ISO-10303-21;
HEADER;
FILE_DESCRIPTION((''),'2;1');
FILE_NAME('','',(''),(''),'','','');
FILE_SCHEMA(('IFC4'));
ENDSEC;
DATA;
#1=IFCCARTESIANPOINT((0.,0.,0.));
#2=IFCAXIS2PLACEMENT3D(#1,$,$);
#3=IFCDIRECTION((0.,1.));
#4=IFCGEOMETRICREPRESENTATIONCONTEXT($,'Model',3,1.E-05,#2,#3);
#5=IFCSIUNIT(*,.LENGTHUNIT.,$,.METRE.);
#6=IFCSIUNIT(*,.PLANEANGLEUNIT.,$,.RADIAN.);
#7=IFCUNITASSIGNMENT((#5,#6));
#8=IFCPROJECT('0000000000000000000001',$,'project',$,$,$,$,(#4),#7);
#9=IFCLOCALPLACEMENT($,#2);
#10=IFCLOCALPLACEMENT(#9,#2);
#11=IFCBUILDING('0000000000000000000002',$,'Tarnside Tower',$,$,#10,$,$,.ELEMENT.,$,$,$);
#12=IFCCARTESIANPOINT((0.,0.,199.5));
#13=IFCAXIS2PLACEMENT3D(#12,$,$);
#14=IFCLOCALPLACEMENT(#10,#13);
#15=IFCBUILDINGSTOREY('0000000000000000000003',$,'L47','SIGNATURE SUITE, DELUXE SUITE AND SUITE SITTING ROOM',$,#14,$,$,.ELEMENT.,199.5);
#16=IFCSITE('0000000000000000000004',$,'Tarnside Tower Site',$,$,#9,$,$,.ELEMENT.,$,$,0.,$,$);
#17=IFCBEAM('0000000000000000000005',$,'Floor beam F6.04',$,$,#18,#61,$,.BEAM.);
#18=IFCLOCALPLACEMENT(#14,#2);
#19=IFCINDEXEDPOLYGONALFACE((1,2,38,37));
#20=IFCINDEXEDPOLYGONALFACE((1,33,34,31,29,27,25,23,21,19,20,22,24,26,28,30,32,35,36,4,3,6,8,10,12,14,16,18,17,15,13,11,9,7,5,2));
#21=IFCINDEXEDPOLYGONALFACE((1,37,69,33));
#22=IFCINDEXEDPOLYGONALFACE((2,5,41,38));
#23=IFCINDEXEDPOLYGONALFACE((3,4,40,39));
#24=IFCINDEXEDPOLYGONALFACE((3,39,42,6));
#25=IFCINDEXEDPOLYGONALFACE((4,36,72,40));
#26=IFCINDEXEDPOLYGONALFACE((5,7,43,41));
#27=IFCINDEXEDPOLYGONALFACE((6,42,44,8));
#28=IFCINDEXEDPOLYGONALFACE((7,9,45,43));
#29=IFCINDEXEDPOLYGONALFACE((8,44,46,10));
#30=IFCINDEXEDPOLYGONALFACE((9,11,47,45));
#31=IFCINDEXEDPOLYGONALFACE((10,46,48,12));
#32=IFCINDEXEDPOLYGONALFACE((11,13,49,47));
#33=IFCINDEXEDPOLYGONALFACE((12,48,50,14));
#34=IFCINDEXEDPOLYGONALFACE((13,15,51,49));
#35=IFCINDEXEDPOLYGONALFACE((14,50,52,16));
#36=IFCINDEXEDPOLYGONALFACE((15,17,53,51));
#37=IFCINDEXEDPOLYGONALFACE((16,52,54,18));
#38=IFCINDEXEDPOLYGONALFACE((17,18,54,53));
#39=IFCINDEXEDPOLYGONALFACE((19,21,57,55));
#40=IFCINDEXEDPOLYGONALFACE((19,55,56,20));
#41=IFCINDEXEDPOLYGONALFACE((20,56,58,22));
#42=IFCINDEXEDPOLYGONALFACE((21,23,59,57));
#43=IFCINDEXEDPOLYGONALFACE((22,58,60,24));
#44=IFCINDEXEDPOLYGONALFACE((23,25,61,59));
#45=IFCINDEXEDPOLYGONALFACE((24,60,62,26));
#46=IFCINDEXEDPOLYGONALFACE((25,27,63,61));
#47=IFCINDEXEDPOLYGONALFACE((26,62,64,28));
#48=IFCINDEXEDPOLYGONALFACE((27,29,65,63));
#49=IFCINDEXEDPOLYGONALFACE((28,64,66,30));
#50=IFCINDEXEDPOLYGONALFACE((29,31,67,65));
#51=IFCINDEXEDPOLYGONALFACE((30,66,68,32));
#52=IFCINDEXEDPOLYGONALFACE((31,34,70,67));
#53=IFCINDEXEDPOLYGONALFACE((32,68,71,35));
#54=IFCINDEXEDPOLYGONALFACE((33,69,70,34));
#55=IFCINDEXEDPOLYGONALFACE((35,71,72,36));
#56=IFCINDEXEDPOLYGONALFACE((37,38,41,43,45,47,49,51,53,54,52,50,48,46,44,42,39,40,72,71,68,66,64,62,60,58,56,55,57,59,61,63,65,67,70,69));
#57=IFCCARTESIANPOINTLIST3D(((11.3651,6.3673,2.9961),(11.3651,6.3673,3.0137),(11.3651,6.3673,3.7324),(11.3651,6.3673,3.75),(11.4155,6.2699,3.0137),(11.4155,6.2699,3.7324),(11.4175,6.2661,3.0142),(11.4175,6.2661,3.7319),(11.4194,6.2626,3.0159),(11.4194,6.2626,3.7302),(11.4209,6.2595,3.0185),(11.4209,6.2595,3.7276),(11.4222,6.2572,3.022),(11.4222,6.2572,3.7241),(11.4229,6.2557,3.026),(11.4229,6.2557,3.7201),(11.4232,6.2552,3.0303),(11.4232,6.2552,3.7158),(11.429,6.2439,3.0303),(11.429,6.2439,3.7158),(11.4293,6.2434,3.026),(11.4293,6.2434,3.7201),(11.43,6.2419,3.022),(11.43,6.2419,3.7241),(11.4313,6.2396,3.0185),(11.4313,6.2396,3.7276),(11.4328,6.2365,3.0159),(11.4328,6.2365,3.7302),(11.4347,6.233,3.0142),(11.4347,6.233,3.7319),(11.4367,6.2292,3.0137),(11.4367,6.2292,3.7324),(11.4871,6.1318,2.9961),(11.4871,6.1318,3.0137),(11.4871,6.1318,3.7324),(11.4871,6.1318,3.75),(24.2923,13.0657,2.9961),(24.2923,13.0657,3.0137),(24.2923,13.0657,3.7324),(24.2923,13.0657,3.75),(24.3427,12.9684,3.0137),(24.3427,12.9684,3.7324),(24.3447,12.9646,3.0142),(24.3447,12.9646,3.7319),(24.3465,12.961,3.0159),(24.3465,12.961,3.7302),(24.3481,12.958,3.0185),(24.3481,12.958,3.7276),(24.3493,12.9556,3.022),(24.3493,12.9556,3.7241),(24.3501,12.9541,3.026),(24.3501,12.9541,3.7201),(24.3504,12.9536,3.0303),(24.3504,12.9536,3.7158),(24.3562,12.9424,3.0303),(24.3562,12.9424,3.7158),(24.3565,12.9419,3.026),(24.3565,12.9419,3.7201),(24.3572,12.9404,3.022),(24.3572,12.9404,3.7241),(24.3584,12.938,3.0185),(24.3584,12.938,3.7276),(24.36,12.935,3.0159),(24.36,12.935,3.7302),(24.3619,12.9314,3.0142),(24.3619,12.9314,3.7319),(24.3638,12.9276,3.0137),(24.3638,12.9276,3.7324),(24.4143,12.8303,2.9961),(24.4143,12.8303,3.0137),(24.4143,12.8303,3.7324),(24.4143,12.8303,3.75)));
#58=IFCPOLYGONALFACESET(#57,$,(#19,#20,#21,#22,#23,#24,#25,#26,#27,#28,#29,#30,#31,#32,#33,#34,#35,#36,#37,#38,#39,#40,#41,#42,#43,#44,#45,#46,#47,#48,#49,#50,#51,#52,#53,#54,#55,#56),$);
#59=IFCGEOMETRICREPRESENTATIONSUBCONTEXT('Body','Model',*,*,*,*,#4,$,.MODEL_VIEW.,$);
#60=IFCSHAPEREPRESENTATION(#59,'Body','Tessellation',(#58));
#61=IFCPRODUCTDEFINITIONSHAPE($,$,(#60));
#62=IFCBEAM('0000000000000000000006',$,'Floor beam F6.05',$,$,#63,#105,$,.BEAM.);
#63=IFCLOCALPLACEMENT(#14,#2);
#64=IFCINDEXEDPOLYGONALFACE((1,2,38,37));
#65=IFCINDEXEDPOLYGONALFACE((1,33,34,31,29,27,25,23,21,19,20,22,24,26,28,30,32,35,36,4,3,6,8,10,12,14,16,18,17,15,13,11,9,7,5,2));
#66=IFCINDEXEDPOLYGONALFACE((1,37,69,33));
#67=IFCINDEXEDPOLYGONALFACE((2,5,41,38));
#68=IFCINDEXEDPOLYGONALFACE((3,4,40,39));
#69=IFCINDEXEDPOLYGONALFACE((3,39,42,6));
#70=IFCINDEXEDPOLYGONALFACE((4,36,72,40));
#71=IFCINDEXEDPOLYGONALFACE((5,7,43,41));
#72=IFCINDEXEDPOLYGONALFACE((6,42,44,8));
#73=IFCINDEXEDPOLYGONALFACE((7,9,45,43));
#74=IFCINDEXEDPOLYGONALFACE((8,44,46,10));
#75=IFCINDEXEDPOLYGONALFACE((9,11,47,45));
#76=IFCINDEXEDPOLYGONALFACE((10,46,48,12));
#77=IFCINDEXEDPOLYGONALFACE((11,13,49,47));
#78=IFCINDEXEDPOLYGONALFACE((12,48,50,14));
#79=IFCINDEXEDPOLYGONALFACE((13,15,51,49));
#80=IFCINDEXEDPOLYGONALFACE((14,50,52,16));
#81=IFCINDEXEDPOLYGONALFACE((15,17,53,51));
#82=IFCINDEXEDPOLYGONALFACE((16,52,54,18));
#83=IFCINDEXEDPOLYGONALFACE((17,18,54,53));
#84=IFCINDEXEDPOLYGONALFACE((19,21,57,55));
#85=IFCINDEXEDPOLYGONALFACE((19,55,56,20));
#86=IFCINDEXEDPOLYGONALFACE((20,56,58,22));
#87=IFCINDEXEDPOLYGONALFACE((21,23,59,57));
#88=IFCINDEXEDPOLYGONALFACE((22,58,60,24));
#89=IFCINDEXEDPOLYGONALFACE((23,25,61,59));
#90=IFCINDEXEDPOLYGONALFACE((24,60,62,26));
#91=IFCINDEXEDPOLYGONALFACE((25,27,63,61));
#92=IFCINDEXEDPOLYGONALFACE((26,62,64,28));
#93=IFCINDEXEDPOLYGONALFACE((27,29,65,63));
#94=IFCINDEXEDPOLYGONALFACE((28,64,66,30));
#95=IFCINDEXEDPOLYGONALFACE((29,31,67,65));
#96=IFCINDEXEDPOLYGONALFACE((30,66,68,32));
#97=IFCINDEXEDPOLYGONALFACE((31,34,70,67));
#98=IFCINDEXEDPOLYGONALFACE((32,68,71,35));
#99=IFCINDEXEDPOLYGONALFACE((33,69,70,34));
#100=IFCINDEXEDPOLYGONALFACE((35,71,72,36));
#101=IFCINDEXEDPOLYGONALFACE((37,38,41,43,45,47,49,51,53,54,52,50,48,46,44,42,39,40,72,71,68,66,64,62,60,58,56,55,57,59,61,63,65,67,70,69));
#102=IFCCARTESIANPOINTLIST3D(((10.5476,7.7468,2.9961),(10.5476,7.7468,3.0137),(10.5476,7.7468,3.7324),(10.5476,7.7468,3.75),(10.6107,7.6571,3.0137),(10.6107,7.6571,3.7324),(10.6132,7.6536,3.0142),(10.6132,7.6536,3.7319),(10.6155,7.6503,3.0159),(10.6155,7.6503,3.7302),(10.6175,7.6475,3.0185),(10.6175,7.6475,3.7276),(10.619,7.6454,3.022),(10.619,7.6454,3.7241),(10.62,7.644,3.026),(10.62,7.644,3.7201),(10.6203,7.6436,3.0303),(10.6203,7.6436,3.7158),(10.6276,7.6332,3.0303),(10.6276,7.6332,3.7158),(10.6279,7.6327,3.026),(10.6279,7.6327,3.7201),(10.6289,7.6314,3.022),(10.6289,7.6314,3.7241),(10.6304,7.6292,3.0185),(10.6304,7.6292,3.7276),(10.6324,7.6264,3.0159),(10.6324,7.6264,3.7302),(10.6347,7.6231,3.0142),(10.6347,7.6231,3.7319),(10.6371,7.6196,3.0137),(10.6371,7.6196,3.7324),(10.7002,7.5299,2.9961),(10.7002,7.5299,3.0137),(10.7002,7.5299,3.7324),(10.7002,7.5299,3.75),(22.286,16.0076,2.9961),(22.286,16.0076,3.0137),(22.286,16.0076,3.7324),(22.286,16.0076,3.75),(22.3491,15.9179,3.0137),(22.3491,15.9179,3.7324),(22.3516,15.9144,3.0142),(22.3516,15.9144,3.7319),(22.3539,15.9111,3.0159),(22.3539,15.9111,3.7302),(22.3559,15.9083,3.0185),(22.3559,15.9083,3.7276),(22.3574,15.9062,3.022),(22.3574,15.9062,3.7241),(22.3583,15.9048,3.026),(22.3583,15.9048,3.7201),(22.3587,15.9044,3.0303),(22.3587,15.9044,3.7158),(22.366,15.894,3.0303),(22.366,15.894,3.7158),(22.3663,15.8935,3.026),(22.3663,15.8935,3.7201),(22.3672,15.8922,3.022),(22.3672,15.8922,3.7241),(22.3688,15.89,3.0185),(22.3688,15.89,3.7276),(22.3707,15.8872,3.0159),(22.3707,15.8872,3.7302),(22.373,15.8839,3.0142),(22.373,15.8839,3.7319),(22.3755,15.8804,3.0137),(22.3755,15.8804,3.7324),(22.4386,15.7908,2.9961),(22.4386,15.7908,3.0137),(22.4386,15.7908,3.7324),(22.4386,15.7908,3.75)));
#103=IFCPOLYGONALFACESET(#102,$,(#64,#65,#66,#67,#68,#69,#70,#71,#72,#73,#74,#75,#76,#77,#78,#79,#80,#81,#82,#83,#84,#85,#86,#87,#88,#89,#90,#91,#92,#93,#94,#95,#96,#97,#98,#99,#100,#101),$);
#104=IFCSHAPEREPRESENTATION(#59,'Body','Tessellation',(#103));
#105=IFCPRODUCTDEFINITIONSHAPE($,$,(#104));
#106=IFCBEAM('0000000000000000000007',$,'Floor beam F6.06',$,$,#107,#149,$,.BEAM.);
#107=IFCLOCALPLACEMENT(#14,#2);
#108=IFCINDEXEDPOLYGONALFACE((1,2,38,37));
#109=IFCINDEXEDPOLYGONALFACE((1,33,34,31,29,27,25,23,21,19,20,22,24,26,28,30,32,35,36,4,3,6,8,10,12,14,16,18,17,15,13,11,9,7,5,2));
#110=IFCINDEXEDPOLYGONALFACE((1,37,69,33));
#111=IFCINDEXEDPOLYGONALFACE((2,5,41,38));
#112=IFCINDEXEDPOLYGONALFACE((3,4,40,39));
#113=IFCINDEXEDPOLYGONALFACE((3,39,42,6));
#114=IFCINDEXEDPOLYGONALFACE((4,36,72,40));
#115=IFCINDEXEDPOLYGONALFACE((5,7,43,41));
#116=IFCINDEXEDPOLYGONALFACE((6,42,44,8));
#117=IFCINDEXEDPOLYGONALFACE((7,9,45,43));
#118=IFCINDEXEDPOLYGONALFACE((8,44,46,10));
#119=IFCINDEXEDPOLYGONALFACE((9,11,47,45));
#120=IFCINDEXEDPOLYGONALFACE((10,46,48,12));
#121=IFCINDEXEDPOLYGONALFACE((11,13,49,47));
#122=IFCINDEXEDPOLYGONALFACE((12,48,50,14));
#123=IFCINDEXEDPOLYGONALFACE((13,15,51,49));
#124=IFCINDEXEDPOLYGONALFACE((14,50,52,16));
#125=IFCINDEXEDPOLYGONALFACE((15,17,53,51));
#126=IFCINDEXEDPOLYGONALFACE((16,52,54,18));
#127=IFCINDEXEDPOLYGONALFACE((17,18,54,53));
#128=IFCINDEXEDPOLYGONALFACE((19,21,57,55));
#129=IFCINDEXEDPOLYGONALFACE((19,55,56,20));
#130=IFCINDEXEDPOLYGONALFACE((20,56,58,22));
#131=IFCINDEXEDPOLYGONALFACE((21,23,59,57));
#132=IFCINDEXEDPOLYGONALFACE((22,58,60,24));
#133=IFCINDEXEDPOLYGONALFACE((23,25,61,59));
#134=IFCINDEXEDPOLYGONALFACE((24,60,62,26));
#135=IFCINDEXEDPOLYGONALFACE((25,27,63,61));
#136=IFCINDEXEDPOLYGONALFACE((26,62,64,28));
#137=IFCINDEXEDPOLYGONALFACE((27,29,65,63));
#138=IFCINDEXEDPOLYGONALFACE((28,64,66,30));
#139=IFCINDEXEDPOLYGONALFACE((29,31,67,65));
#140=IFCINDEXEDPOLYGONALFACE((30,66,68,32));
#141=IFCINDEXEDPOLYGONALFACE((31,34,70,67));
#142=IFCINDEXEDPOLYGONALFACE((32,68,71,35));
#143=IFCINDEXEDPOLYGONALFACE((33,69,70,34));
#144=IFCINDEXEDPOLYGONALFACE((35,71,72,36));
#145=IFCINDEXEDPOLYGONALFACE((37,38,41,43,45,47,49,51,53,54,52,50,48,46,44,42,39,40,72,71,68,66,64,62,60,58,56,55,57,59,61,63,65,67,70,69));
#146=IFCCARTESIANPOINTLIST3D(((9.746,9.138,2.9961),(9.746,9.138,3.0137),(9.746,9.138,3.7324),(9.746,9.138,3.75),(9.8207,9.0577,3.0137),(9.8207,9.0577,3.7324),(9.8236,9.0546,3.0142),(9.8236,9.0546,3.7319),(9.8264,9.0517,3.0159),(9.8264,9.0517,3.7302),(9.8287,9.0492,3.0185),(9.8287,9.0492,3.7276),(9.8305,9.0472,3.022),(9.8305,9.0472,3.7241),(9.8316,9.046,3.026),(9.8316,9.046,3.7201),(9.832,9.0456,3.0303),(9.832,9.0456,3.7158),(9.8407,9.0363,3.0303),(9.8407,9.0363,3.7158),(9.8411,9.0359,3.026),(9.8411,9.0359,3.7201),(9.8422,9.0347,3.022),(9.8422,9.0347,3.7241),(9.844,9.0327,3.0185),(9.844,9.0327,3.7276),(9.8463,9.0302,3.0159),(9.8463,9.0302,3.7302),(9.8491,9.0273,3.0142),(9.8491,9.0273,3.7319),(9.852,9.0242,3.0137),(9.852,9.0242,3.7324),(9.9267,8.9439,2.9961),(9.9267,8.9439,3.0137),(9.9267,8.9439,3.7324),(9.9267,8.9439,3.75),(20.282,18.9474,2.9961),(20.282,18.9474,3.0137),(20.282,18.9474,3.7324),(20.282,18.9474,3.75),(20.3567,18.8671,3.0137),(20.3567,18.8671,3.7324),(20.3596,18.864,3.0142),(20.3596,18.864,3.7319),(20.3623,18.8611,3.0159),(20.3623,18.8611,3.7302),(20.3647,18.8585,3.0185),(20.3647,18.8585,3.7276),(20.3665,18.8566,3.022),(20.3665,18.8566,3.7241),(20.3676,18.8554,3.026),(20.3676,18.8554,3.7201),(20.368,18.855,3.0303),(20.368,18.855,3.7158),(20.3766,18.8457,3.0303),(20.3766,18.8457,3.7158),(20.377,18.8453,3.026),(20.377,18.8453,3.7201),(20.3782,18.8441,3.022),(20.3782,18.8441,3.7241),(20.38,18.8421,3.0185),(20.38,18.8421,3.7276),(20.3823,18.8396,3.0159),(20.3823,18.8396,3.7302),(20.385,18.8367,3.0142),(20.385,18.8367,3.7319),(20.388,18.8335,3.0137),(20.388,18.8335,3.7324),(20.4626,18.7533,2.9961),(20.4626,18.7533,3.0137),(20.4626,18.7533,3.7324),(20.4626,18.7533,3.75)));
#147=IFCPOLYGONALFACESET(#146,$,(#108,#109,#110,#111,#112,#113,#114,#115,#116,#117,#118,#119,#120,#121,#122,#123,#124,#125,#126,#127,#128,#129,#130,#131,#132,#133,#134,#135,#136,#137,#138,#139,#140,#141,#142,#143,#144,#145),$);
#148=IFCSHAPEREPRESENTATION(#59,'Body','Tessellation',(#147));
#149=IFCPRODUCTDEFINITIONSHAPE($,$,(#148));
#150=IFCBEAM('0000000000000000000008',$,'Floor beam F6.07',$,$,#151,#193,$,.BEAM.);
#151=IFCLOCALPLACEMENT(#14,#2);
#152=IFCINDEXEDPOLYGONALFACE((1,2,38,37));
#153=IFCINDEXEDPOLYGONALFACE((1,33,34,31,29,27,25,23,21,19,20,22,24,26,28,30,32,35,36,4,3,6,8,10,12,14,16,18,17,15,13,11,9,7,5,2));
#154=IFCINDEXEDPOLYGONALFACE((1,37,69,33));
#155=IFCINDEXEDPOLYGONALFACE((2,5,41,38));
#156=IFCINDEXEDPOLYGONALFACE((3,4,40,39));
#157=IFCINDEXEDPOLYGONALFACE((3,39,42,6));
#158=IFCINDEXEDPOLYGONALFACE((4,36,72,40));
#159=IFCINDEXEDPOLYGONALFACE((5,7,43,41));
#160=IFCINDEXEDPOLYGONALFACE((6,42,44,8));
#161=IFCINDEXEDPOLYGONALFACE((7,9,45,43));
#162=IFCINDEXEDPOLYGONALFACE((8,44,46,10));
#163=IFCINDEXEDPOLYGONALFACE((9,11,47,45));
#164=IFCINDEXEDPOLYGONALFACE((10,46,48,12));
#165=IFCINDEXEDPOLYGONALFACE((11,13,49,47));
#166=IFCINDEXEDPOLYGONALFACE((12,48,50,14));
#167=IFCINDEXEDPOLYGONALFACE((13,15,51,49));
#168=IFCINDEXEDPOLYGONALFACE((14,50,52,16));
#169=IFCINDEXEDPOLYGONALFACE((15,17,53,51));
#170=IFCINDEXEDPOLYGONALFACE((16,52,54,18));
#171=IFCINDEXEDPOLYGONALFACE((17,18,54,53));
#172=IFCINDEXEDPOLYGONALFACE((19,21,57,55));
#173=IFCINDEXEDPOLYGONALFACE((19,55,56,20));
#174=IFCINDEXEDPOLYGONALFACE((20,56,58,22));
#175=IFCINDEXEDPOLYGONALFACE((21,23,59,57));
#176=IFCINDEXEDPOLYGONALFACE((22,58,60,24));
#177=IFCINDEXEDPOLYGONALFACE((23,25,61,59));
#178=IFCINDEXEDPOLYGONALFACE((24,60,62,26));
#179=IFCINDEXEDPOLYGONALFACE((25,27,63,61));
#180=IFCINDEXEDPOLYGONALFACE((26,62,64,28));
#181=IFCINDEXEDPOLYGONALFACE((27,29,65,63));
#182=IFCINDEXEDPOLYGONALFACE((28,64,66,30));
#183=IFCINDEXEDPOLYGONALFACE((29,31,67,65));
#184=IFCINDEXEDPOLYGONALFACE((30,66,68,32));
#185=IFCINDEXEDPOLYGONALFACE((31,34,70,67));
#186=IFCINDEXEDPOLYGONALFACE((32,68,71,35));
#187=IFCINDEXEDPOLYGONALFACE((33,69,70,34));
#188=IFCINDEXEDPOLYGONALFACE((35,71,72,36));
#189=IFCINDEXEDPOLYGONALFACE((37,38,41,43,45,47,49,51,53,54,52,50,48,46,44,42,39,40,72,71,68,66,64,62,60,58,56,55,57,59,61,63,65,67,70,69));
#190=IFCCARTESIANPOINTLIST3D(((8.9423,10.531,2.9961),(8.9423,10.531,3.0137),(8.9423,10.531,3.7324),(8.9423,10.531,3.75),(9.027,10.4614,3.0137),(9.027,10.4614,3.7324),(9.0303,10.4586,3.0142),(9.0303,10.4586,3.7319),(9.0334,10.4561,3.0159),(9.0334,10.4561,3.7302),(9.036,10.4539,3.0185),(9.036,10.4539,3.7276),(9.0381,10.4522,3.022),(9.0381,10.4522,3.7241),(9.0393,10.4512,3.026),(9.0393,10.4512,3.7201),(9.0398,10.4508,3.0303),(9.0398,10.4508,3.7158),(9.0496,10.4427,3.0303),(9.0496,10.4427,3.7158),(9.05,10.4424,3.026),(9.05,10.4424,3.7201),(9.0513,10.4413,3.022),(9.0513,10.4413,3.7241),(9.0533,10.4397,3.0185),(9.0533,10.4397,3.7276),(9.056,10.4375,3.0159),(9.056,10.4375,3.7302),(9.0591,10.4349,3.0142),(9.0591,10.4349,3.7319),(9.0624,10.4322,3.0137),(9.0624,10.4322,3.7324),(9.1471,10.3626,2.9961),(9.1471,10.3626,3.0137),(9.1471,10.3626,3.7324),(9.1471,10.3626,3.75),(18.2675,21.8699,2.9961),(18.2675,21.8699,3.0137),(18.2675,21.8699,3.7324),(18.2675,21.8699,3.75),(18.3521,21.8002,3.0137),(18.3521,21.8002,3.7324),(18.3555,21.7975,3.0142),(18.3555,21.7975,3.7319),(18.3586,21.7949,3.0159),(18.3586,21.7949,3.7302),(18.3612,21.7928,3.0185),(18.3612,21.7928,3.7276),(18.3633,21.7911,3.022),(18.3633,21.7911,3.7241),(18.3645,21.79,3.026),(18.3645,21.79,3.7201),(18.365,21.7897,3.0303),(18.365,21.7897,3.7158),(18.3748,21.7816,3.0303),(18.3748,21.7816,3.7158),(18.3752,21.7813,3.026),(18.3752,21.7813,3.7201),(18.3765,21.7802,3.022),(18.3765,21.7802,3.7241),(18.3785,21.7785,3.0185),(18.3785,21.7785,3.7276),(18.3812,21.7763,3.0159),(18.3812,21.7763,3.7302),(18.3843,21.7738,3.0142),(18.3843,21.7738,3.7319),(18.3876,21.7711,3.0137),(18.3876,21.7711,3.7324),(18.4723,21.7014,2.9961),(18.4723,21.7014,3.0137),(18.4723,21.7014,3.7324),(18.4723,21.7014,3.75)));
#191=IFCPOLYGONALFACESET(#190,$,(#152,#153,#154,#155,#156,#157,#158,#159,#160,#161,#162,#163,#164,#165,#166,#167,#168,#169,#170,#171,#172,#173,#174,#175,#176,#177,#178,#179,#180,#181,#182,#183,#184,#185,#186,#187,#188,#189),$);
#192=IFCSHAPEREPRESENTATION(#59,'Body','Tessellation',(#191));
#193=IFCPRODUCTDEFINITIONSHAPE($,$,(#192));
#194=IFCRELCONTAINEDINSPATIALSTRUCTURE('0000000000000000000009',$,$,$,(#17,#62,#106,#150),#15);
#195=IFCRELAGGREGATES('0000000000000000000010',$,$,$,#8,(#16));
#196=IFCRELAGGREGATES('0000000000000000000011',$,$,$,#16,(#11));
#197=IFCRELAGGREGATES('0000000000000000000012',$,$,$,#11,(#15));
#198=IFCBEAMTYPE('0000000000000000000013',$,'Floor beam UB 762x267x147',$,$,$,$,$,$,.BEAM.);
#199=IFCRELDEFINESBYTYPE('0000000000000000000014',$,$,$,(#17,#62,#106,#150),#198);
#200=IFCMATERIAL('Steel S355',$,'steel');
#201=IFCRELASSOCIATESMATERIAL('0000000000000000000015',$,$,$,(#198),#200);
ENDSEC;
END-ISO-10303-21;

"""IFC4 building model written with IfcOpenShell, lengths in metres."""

from ifc_helpers import new_model, si_unit, direction, frame, origin, origin_2d, place, context, subcontext, project, spatial, i_section, extrude, material, material_profile, profile_set, type_object, element, save


model = new_model("IFC4")

# Units and contexts
model_context = context("Model", 3, precision=1e-05, world=origin(), true_north=direction((0.0, 1.0)))
body_context = subcontext(model_context, "Body", "Model", "MODEL_VIEW")
ifc_project = project(units=[si_unit("LENGTHUNIT", "METRE"), si_unit("PLANEANGLEUNIT", "RADIAN")], contexts=[model_context])

# Site, building, storey
site_placement = place(None, origin())
site = spatial("IfcSite", under=ifc_project, at=site_placement, Name="Tarnside Tower Site", CompositionType="ELEMENT", RefElevation=0.0)
building_placement = place(site_placement, origin())
building = spatial("IfcBuilding", under=site, at=building_placement, Name="Tarnside Tower", CompositionType="ELEMENT")
storey_placement = place(building_placement, frame((0.0, 0.0, 199.5)))
storey = spatial("IfcBuildingStorey", under=building, at=storey_placement, Name="L47", Description="SIGNATURE SUITE, DELUXE SUITE AND SUITE SITTING ROOM", CompositionType="ELEMENT", Elevation=199.5)

# Beams
ifc_material_1 = material(Name="Steel S355", Category="steel")
ifc_material_profile_1 = material_profile(ifc_material_1, i_section(OverallWidth=0.2651, OverallDepth=0.7539, WebThickness=0.0127, FlangeThickness=0.0176, FilletRadius=0.0166, at=origin_2d()), Name="UB 762x267x147")
ifc_profile_set_1 = profile_set([ifc_material_profile_1], Name="Steel S355")
beam_type_1 = type_object("IfcBeamType", Name="Floor beam UB 762x267x147", PredefinedType="BEAM", material=ifc_profile_set_1)
beam_1_placement = place(storey_placement, frame((24.3533, 12.948, 3.373), z_axis=(-0.887882, -0.460072, 0.0), x_axis=(0.460072, -0.887882, 0.0)))
element("IfcBeam", 1, at=beam_1_placement, inside=storey, type_object=beam_type_1, Name="Floor beam F6.04", PredefinedType="BEAM", context=body_context, shape_type="SweptSolid", body=[
    extrude(i_section(OverallWidth=0.2651, OverallDepth=0.7539, WebThickness=0.0127, FlangeThickness=0.0176, FilletRadius=0.0166, at=origin_2d()), origin(), (0.0, 0.0, 1.0), 14.5596),
])
beam_2_placement = place(storey_placement, frame((22.3623, 15.8992, 3.373), z_axis=(-0.817791, -0.575515, 0.0), x_axis=(0.575515, -0.817791, 0.0)))
element("IfcBeam", 2, at=beam_2_placement, inside=storey, type_object=beam_type_1, Name="Floor beam F6.05", PredefinedType="BEAM", context=body_context, shape_type="SweptSolid", body=[
    extrude(i_section(OverallWidth=0.2651, OverallDepth=0.7539, WebThickness=0.0127, FlangeThickness=0.0176, FilletRadius=0.0166, at=origin_2d()), origin(), (0.0, 0.0, 1.0), 14.3538),
])
beam_3_placement = place(storey_placement, frame((20.3723, 18.8503, 3.373), z_axis=(-0.731892, -0.68142, 0.0), x_axis=(0.68142, -0.731892, 0.0)))
element("IfcBeam", 3, at=beam_3_placement, inside=storey, type_object=beam_type_1, Name="Floor beam F6.06", PredefinedType="BEAM", context=body_context, shape_type="SweptSolid", body=[
    extrude(i_section(OverallWidth=0.2651, OverallDepth=0.7539, WebThickness=0.0127, FlangeThickness=0.0176, FilletRadius=0.0166, at=origin_2d()), origin(), (0.0, 0.0, 1.0), 14.3955),
])
beam_4_placement = place(storey_placement, frame((18.3699, 21.7856, 3.373), z_axis=(-0.635192, -0.772354, 0.0), x_axis=(0.772354, -0.635192, 0.0)))
element("IfcBeam", 4, at=beam_4_placement, inside=storey, type_object=beam_type_1, Name="Floor beam F6.07", PredefinedType="BEAM", context=body_context, shape_type="SweptSolid", body=[
    extrude(i_section(OverallWidth=0.2651, OverallDepth=0.7539, WebThickness=0.0127, FlangeThickness=0.0176, FilletRadius=0.0166, at=origin_2d()), origin(), (0.0, 0.0, 1.0), 14.6809),
])

save(model, "model.ifc")
